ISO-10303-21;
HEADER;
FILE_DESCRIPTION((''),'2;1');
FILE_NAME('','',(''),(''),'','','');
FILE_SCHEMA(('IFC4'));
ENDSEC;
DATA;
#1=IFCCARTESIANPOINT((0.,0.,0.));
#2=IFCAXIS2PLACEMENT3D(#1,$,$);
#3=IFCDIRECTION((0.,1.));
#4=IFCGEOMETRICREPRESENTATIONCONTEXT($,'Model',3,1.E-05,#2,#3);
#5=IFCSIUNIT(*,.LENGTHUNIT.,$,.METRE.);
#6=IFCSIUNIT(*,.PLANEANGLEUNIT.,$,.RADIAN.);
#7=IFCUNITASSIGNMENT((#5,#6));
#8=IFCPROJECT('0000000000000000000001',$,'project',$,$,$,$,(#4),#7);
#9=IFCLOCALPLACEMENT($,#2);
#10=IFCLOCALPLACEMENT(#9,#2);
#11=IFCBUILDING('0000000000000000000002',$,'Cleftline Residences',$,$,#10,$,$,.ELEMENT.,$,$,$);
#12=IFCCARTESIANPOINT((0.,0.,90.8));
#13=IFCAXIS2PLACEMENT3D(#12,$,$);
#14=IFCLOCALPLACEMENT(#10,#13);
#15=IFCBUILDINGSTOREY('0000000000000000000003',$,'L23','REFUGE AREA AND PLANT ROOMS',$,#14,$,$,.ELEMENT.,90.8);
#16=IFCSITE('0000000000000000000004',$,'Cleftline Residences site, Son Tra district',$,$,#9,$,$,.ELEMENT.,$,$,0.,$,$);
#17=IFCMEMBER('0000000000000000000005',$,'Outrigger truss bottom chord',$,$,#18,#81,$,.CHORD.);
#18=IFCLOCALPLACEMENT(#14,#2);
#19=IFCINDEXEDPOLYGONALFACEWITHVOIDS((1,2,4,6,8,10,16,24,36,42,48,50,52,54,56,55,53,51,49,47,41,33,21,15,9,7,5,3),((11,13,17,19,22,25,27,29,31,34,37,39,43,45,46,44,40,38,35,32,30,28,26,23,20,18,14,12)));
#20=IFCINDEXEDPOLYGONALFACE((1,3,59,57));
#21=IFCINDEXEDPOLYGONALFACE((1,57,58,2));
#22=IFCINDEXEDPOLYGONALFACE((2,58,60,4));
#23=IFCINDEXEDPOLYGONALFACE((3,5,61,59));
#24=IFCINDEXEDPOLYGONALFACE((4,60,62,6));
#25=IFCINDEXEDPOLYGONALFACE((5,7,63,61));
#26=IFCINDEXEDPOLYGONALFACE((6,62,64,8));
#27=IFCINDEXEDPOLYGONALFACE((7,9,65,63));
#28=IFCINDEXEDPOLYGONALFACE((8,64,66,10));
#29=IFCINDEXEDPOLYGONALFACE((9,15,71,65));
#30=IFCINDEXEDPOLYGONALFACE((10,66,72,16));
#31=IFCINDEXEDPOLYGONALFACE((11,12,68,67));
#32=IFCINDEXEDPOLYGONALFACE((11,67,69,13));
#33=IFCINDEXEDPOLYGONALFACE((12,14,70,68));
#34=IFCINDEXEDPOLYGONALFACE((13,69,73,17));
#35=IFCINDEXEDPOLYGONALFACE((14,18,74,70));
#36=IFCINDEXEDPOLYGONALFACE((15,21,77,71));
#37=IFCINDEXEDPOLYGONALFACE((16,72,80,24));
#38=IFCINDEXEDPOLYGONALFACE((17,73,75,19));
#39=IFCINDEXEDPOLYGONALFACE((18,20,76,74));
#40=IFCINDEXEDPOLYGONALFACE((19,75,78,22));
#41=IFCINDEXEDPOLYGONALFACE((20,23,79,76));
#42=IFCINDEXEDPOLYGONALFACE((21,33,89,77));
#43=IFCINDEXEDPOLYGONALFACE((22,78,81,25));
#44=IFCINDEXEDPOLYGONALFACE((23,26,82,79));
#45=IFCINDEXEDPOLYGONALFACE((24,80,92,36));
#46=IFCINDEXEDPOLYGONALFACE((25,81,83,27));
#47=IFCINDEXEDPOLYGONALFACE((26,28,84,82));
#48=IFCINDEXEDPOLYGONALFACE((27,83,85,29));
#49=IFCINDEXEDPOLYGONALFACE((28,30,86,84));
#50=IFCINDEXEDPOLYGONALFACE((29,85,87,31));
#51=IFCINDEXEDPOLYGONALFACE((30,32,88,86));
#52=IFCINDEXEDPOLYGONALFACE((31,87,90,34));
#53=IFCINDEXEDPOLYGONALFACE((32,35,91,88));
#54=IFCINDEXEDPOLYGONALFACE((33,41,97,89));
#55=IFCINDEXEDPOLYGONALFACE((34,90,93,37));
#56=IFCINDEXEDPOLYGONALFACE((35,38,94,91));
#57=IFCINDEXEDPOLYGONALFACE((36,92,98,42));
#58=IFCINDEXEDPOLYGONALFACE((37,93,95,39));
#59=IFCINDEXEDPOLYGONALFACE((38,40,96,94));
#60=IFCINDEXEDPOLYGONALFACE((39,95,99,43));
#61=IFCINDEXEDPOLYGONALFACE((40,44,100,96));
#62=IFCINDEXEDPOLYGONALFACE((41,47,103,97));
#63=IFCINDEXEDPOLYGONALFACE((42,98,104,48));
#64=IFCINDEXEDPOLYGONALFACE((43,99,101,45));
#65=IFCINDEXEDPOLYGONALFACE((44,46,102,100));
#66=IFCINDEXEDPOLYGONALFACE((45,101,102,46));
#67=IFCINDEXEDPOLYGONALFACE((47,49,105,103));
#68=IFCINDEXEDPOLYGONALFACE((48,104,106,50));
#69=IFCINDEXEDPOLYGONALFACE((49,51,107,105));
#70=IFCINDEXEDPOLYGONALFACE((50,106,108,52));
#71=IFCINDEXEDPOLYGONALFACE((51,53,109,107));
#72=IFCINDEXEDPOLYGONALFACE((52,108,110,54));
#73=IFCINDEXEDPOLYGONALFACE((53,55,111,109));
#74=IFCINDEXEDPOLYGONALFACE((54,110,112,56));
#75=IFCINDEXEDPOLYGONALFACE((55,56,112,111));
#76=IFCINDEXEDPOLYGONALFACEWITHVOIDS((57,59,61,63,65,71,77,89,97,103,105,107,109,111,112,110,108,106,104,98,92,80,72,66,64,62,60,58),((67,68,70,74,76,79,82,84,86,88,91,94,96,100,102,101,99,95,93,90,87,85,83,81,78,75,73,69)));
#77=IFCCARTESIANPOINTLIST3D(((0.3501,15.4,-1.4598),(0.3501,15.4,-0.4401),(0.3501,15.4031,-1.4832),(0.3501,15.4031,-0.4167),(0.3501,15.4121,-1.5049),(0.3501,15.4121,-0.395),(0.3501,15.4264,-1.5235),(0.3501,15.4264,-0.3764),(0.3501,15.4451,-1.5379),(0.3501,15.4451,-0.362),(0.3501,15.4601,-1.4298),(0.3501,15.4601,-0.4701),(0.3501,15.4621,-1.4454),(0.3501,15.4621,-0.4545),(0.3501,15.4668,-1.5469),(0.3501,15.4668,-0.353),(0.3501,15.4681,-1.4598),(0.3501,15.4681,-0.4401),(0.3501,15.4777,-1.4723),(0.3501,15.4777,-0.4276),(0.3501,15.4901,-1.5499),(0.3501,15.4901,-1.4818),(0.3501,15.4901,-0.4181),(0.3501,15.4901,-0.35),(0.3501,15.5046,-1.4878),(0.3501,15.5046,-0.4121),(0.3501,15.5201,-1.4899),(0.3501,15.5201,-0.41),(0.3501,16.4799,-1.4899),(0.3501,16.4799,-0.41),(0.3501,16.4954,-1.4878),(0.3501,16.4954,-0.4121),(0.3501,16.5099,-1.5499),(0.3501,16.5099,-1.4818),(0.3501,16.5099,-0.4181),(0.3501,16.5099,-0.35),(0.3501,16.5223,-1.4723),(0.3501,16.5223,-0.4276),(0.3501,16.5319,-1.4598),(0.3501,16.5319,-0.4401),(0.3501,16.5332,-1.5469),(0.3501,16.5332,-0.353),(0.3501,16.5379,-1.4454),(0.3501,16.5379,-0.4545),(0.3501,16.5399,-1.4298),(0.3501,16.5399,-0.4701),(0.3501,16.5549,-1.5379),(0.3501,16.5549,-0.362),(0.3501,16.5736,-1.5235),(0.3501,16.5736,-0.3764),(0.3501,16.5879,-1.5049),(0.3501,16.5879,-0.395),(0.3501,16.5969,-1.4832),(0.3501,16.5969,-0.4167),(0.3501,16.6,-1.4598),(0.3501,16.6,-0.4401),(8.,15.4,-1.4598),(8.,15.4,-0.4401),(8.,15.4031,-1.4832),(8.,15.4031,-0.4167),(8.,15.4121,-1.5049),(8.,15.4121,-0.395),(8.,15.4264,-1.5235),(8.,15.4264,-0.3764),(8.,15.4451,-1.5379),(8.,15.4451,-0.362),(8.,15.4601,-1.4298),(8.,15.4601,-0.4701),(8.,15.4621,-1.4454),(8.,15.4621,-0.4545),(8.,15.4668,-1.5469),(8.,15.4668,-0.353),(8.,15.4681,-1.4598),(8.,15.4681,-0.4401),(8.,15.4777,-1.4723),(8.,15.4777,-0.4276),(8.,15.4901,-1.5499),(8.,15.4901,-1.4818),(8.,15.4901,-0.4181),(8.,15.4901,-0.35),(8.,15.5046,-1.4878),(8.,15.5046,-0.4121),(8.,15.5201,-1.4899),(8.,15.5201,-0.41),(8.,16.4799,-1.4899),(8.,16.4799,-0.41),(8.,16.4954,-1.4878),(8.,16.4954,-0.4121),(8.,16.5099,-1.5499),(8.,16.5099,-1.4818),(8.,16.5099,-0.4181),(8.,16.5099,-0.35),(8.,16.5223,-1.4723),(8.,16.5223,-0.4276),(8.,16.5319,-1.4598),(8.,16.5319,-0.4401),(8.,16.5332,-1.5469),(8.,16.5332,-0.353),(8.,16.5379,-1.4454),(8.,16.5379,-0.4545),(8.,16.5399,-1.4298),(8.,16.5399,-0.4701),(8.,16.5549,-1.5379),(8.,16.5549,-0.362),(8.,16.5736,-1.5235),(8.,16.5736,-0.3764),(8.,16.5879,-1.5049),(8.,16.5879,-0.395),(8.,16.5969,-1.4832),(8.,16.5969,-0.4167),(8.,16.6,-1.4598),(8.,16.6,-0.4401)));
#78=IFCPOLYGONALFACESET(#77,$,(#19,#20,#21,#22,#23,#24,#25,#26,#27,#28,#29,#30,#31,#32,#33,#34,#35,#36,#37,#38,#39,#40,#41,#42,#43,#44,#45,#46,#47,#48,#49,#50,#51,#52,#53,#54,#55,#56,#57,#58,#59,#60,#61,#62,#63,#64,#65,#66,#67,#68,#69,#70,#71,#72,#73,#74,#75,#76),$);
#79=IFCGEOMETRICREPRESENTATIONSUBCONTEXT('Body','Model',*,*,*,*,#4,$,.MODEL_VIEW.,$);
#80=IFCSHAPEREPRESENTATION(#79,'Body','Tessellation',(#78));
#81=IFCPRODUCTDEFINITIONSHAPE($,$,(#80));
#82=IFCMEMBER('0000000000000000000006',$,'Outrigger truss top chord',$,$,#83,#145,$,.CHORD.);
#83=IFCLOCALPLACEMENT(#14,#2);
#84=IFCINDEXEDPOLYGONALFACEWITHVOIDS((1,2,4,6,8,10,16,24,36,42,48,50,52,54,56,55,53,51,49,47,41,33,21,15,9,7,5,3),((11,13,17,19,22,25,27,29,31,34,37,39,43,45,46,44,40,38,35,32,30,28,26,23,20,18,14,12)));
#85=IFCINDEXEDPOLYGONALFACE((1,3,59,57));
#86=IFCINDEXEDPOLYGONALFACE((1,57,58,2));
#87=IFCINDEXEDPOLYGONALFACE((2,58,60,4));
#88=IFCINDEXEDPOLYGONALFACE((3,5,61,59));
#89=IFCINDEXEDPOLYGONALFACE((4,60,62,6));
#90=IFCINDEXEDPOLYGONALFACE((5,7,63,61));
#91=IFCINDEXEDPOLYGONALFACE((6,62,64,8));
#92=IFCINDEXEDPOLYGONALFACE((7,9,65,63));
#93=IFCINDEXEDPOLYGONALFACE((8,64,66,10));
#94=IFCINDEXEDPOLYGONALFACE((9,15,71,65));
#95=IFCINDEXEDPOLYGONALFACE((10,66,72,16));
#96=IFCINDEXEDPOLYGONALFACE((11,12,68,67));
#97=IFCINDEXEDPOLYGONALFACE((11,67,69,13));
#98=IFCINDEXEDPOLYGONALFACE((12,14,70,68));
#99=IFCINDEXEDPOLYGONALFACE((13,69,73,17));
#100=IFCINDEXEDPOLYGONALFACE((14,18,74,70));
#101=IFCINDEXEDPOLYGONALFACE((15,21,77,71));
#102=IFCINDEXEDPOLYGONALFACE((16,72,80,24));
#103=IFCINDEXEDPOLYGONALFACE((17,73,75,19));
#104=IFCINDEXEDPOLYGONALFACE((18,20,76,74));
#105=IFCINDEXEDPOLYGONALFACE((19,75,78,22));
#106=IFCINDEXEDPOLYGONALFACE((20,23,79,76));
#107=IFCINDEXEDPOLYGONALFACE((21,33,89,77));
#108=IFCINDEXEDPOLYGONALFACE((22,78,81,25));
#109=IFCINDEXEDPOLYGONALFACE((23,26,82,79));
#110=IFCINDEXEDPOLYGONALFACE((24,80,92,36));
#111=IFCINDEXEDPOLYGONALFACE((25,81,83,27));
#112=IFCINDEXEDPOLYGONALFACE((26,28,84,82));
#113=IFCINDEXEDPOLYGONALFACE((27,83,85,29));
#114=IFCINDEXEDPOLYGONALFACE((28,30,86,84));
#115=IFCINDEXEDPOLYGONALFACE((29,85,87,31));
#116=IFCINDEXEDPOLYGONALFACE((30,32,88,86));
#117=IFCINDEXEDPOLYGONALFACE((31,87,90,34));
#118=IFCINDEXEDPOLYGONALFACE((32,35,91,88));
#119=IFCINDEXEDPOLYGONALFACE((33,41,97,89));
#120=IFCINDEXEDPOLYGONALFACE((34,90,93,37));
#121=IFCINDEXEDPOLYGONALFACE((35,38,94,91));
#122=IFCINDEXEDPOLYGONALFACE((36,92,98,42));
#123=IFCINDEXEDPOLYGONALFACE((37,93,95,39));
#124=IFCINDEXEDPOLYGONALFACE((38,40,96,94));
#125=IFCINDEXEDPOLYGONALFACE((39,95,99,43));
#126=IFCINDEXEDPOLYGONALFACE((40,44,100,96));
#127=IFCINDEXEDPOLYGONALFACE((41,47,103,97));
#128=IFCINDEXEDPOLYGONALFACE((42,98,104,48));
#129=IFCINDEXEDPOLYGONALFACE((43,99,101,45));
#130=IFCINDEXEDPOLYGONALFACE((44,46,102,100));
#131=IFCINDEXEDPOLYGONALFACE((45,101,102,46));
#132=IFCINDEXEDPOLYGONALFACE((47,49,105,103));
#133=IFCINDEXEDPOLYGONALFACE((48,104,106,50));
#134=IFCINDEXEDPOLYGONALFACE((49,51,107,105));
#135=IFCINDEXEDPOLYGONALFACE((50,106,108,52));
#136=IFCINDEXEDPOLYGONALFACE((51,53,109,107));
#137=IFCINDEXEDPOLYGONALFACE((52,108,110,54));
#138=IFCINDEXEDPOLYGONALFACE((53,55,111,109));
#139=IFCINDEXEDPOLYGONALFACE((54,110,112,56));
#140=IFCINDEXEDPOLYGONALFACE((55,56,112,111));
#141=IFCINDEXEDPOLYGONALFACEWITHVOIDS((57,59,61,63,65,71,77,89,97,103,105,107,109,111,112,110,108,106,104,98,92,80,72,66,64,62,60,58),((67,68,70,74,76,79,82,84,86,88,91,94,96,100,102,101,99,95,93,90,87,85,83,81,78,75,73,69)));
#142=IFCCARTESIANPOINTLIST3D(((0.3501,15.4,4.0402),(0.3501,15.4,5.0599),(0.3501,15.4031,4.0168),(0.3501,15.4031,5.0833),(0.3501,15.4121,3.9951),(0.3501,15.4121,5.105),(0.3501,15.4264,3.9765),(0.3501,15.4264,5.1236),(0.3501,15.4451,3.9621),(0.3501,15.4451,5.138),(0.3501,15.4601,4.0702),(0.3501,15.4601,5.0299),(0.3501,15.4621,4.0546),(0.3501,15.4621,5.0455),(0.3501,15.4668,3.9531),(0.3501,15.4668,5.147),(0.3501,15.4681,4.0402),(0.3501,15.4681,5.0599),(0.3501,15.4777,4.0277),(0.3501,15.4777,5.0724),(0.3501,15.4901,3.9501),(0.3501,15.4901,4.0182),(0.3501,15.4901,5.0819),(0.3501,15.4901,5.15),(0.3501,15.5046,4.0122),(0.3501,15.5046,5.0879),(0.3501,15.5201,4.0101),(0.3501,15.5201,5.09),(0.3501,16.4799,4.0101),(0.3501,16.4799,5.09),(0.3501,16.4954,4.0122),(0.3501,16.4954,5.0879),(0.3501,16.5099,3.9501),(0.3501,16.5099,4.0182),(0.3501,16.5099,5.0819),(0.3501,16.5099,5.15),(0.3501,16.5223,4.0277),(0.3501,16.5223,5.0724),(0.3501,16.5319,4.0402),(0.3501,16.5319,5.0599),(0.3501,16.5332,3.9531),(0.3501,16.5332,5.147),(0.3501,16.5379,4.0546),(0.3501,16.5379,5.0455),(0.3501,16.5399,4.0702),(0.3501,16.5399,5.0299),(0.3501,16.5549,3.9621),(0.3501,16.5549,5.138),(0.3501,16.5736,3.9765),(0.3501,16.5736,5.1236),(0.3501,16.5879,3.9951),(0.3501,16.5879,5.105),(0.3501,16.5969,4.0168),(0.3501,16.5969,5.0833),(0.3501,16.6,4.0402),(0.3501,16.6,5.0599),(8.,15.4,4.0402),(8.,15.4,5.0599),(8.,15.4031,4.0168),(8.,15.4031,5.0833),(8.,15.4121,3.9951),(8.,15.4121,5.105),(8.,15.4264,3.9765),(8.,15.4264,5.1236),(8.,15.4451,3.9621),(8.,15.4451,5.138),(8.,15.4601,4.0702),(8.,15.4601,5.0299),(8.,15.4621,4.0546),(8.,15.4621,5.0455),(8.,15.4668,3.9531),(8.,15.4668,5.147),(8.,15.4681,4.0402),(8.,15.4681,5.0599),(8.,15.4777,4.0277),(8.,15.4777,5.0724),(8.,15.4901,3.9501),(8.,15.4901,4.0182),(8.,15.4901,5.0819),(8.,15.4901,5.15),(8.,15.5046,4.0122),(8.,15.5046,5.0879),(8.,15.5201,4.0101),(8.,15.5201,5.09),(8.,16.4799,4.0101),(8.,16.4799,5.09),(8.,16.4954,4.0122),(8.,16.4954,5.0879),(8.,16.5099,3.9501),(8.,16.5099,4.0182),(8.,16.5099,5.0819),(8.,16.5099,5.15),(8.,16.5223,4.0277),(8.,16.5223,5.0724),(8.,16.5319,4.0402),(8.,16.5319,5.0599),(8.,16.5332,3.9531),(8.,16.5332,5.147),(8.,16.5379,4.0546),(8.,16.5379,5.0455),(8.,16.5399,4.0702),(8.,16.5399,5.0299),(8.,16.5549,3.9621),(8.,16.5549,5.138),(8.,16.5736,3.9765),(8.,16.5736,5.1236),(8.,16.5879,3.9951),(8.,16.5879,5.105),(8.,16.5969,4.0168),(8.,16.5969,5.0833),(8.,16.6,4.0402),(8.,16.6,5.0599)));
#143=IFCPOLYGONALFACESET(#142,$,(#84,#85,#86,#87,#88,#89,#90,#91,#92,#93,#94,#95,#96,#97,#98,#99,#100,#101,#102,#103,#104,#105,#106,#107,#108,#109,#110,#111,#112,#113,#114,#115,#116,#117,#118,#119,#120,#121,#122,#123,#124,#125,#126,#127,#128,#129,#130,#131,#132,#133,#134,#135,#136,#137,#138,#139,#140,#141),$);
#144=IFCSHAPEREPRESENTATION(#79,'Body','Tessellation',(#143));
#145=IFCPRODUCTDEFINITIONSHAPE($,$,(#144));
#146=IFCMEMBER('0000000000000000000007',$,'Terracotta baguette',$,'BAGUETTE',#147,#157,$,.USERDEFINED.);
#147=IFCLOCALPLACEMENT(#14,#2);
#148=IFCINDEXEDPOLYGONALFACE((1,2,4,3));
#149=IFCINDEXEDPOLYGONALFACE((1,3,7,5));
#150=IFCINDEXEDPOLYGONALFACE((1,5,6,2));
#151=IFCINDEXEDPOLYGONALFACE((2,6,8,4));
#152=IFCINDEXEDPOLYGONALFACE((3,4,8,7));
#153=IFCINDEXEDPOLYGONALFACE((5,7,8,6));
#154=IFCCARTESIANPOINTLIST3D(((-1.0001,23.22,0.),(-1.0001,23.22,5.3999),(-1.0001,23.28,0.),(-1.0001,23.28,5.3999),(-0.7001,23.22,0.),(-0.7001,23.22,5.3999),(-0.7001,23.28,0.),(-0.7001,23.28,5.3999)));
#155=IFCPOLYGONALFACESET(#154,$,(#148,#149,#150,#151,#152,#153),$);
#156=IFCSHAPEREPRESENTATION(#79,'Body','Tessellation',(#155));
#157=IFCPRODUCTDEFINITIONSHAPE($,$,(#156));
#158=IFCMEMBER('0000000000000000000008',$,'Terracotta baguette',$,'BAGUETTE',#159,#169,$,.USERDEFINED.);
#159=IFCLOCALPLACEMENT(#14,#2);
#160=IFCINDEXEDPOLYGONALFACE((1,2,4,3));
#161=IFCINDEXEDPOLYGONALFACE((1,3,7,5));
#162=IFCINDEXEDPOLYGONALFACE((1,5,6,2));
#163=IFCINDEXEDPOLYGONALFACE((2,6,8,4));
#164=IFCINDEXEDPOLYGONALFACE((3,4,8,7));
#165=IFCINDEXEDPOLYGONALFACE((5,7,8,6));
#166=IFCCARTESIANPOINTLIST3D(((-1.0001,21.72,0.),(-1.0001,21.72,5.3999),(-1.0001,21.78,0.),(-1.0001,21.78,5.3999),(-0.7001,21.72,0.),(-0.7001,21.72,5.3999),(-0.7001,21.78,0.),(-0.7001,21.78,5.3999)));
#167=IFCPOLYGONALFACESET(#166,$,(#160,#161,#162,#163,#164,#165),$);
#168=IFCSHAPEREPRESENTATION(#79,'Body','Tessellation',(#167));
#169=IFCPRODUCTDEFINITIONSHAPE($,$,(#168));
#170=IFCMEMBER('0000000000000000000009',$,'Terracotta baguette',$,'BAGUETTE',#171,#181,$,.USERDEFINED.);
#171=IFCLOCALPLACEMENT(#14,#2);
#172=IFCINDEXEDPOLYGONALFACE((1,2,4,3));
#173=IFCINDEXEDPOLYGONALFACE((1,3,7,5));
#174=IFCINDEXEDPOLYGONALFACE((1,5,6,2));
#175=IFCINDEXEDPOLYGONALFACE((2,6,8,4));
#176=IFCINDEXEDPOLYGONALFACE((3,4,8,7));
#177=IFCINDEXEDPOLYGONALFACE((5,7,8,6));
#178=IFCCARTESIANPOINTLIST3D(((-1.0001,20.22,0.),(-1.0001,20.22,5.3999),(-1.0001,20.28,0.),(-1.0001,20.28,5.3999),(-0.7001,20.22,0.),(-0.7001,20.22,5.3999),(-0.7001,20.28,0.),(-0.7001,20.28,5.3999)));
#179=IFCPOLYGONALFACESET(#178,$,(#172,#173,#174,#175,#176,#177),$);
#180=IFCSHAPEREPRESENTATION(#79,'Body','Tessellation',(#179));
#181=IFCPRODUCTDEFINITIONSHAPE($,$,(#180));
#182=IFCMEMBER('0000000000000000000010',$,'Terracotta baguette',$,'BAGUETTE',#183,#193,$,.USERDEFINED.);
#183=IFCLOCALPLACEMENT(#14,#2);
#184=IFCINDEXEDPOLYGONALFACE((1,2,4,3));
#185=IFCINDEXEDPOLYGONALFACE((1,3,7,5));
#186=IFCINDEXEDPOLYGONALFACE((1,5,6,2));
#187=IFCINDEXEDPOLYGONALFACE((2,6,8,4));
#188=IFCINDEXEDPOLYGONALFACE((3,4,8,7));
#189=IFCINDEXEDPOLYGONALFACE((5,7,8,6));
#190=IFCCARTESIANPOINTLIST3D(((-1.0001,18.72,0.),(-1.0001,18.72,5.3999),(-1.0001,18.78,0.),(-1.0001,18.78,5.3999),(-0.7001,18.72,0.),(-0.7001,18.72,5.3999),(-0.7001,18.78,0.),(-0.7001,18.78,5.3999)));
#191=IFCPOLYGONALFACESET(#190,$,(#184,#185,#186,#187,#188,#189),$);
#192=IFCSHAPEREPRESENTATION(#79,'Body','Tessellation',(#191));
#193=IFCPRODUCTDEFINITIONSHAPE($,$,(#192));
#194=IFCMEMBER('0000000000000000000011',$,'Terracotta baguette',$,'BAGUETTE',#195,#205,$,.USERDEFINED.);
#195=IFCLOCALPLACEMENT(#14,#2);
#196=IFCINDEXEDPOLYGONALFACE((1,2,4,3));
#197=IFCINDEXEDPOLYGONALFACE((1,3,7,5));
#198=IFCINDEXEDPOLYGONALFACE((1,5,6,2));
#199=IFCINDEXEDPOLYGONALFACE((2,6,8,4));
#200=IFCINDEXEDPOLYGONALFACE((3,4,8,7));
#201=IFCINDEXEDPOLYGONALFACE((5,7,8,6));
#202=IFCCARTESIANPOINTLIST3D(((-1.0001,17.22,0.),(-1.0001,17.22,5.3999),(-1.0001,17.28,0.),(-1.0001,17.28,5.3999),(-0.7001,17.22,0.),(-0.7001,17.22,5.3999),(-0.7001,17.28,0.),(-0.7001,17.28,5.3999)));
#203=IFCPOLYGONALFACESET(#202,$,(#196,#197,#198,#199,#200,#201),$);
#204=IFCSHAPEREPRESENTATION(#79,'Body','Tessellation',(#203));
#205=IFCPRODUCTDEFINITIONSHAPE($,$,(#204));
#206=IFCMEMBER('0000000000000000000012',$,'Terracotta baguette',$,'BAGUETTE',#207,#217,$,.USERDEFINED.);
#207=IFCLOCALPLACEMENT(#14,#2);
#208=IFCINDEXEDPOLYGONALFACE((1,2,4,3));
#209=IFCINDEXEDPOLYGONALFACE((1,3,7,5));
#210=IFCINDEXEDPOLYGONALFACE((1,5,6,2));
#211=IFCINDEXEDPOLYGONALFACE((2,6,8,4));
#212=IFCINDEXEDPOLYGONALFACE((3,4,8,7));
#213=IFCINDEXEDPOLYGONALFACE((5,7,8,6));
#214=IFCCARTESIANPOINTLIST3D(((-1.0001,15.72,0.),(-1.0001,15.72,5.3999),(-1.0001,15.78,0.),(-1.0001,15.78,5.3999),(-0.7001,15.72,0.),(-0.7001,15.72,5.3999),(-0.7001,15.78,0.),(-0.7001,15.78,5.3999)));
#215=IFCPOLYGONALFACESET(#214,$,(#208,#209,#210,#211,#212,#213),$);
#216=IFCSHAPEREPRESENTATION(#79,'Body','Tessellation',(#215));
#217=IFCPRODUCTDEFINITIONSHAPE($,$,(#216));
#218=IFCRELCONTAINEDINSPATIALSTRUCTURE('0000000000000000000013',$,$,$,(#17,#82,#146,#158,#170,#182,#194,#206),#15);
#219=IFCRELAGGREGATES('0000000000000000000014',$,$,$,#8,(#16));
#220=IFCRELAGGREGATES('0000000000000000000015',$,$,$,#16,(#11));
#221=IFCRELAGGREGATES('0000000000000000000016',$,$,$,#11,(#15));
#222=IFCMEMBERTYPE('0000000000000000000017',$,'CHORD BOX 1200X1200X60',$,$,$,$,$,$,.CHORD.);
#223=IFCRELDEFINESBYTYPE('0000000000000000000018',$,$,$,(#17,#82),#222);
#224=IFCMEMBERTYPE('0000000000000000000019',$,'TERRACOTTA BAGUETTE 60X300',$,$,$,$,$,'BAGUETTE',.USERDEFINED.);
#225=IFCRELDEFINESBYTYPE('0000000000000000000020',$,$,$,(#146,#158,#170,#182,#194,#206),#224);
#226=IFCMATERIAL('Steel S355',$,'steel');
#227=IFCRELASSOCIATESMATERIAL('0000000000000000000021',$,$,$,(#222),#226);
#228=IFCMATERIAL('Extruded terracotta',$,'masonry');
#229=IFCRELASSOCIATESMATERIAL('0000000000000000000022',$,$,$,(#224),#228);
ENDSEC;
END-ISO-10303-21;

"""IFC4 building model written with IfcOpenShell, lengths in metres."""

from ifc_helpers import new_model, si_unit, direction, frame, origin, origin_2d, place, context, subcontext, project, spatial, rectangle, hollow_rectangle, extrude, material, material_profile, profile_set, type_object, element, save


model = new_model("IFC4")

# Units and contexts
model_context = context("Model", 3, precision=1e-05, world=origin(), true_north=direction((0.0, 1.0)))
body_context = subcontext(model_context, "Body", "Model", "MODEL_VIEW")
ifc_project = project(units=[si_unit("LENGTHUNIT", "METRE"), si_unit("PLANEANGLEUNIT", "RADIAN")], contexts=[model_context])

# Site, building, storey
site_placement = place(None, origin())
site = spatial("IfcSite", under=ifc_project, at=site_placement, Name="Cleftline Residences site, Son Tra district", CompositionType="ELEMENT", RefElevation=0.0)
building_placement = place(site_placement, origin())
building = spatial("IfcBuilding", under=site, at=building_placement, Name="Cleftline Residences", CompositionType="ELEMENT")
storey_placement = place(building_placement, frame((0.0, 0.0, 90.8)))
storey = spatial("IfcBuildingStorey", under=building, at=storey_placement, Name="L23", Description="REFUGE AREA AND PLANT ROOMS", CompositionType="ELEMENT", Elevation=90.8)

# Members
ifc_material_1 = material(Name="Steel S355", Category="steel")
ifc_material_profile_1 = material_profile(ifc_material_1, hollow_rectangle(XDim=1.2, YDim=1.2, WallThickness=0.0601, InnerFilletRadius=0.0601, OuterFilletRadius=0.0901, at=origin_2d()))
ifc_profile_set_1 = profile_set([ifc_material_profile_1], Name="Steel S355")
member_type_1 = type_object("IfcMemberType", Name="CHORD BOX 1200X1200X60", PredefinedType="CHORD", material=ifc_profile_set_1)
for number, where, z_axis, x_axis, name in (
    (1, (8.0, 16.0, -0.95), (-1.0, 0.0, 0.0), (0.0, -1.0, 0.0), "Outrigger truss bottom chord"),
    (2, (8.0, 16.0, 4.55), (-1.0, 0.0, 0.0), (0.0, -1.0, 0.0), "Outrigger truss top chord"),
):
    element("IfcMember", number, at=place(storey_placement, frame(where, z_axis=z_axis, x_axis=x_axis)), inside=storey, type_object=member_type_1, Name=name, PredefinedType="CHORD", context=body_context, shape_type="SweptSolid", body=[
        extrude(hollow_rectangle(XDim=1.2, YDim=1.2, WallThickness=0.0601, InnerFilletRadius=0.0601, OuterFilletRadius=0.0901, at=origin_2d()), origin(), (0.0, 0.0, 1.0), 7.6499),
    ])
ifc_material_2 = material(Name="Extruded terracotta", Category="masonry")
ifc_material_profile_2 = material_profile(ifc_material_2, rectangle(XDim=0.0601, YDim=0.3, at=origin_2d()))
ifc_profile_set_2 = profile_set([ifc_material_profile_2], Name="Extruded terracotta")
member_type_2 = type_object("IfcMemberType", Name="TERRACOTTA BAGUETTE 60X300", ElementType="BAGUETTE", PredefinedType="USERDEFINED", material=ifc_profile_set_2)
for number, where, z_axis, x_axis, name in (
    (3, (-0.8501, 23.25, 0.0), (0.0, 0.0, 1.0), (0.0, 1.0, 0.0), "Terracotta baguette"),
    (4, (-0.8501, 21.75, 0.0), (0.0, 0.0, 1.0), (0.0, 1.0, 0.0), "Terracotta baguette"),
    (5, (-0.8501, 20.25, 0.0), (0.0, 0.0, 1.0), (0.0, 1.0, 0.0), "Terracotta baguette"),
    (6, (-0.8501, 18.75, 0.0), (0.0, 0.0, 1.0), (0.0, 1.0, 0.0), "Terracotta baguette"),
    (7, (-0.8501, 17.25, 0.0), (0.0, 0.0, 1.0), (0.0, 1.0, 0.0), "Terracotta baguette"),
    (8, (-0.8501, 15.75, 0.0), (0.0, 0.0, 1.0), (0.0, 1.0, 0.0), "Terracotta baguette"),
):
    element("IfcMember", number, at=place(storey_placement, frame(where, z_axis=z_axis, x_axis=x_axis)), inside=storey, type_object=member_type_2, Name=name, ObjectType="BAGUETTE", PredefinedType="USERDEFINED", context=body_context, shape_type="SweptSolid", body=[
        extrude(rectangle(XDim=0.0601, YDim=0.3, at=origin_2d()), origin(), (0.0, 0.0, 1.0), 5.3999),
    ])

save(model, "model.ifc")
